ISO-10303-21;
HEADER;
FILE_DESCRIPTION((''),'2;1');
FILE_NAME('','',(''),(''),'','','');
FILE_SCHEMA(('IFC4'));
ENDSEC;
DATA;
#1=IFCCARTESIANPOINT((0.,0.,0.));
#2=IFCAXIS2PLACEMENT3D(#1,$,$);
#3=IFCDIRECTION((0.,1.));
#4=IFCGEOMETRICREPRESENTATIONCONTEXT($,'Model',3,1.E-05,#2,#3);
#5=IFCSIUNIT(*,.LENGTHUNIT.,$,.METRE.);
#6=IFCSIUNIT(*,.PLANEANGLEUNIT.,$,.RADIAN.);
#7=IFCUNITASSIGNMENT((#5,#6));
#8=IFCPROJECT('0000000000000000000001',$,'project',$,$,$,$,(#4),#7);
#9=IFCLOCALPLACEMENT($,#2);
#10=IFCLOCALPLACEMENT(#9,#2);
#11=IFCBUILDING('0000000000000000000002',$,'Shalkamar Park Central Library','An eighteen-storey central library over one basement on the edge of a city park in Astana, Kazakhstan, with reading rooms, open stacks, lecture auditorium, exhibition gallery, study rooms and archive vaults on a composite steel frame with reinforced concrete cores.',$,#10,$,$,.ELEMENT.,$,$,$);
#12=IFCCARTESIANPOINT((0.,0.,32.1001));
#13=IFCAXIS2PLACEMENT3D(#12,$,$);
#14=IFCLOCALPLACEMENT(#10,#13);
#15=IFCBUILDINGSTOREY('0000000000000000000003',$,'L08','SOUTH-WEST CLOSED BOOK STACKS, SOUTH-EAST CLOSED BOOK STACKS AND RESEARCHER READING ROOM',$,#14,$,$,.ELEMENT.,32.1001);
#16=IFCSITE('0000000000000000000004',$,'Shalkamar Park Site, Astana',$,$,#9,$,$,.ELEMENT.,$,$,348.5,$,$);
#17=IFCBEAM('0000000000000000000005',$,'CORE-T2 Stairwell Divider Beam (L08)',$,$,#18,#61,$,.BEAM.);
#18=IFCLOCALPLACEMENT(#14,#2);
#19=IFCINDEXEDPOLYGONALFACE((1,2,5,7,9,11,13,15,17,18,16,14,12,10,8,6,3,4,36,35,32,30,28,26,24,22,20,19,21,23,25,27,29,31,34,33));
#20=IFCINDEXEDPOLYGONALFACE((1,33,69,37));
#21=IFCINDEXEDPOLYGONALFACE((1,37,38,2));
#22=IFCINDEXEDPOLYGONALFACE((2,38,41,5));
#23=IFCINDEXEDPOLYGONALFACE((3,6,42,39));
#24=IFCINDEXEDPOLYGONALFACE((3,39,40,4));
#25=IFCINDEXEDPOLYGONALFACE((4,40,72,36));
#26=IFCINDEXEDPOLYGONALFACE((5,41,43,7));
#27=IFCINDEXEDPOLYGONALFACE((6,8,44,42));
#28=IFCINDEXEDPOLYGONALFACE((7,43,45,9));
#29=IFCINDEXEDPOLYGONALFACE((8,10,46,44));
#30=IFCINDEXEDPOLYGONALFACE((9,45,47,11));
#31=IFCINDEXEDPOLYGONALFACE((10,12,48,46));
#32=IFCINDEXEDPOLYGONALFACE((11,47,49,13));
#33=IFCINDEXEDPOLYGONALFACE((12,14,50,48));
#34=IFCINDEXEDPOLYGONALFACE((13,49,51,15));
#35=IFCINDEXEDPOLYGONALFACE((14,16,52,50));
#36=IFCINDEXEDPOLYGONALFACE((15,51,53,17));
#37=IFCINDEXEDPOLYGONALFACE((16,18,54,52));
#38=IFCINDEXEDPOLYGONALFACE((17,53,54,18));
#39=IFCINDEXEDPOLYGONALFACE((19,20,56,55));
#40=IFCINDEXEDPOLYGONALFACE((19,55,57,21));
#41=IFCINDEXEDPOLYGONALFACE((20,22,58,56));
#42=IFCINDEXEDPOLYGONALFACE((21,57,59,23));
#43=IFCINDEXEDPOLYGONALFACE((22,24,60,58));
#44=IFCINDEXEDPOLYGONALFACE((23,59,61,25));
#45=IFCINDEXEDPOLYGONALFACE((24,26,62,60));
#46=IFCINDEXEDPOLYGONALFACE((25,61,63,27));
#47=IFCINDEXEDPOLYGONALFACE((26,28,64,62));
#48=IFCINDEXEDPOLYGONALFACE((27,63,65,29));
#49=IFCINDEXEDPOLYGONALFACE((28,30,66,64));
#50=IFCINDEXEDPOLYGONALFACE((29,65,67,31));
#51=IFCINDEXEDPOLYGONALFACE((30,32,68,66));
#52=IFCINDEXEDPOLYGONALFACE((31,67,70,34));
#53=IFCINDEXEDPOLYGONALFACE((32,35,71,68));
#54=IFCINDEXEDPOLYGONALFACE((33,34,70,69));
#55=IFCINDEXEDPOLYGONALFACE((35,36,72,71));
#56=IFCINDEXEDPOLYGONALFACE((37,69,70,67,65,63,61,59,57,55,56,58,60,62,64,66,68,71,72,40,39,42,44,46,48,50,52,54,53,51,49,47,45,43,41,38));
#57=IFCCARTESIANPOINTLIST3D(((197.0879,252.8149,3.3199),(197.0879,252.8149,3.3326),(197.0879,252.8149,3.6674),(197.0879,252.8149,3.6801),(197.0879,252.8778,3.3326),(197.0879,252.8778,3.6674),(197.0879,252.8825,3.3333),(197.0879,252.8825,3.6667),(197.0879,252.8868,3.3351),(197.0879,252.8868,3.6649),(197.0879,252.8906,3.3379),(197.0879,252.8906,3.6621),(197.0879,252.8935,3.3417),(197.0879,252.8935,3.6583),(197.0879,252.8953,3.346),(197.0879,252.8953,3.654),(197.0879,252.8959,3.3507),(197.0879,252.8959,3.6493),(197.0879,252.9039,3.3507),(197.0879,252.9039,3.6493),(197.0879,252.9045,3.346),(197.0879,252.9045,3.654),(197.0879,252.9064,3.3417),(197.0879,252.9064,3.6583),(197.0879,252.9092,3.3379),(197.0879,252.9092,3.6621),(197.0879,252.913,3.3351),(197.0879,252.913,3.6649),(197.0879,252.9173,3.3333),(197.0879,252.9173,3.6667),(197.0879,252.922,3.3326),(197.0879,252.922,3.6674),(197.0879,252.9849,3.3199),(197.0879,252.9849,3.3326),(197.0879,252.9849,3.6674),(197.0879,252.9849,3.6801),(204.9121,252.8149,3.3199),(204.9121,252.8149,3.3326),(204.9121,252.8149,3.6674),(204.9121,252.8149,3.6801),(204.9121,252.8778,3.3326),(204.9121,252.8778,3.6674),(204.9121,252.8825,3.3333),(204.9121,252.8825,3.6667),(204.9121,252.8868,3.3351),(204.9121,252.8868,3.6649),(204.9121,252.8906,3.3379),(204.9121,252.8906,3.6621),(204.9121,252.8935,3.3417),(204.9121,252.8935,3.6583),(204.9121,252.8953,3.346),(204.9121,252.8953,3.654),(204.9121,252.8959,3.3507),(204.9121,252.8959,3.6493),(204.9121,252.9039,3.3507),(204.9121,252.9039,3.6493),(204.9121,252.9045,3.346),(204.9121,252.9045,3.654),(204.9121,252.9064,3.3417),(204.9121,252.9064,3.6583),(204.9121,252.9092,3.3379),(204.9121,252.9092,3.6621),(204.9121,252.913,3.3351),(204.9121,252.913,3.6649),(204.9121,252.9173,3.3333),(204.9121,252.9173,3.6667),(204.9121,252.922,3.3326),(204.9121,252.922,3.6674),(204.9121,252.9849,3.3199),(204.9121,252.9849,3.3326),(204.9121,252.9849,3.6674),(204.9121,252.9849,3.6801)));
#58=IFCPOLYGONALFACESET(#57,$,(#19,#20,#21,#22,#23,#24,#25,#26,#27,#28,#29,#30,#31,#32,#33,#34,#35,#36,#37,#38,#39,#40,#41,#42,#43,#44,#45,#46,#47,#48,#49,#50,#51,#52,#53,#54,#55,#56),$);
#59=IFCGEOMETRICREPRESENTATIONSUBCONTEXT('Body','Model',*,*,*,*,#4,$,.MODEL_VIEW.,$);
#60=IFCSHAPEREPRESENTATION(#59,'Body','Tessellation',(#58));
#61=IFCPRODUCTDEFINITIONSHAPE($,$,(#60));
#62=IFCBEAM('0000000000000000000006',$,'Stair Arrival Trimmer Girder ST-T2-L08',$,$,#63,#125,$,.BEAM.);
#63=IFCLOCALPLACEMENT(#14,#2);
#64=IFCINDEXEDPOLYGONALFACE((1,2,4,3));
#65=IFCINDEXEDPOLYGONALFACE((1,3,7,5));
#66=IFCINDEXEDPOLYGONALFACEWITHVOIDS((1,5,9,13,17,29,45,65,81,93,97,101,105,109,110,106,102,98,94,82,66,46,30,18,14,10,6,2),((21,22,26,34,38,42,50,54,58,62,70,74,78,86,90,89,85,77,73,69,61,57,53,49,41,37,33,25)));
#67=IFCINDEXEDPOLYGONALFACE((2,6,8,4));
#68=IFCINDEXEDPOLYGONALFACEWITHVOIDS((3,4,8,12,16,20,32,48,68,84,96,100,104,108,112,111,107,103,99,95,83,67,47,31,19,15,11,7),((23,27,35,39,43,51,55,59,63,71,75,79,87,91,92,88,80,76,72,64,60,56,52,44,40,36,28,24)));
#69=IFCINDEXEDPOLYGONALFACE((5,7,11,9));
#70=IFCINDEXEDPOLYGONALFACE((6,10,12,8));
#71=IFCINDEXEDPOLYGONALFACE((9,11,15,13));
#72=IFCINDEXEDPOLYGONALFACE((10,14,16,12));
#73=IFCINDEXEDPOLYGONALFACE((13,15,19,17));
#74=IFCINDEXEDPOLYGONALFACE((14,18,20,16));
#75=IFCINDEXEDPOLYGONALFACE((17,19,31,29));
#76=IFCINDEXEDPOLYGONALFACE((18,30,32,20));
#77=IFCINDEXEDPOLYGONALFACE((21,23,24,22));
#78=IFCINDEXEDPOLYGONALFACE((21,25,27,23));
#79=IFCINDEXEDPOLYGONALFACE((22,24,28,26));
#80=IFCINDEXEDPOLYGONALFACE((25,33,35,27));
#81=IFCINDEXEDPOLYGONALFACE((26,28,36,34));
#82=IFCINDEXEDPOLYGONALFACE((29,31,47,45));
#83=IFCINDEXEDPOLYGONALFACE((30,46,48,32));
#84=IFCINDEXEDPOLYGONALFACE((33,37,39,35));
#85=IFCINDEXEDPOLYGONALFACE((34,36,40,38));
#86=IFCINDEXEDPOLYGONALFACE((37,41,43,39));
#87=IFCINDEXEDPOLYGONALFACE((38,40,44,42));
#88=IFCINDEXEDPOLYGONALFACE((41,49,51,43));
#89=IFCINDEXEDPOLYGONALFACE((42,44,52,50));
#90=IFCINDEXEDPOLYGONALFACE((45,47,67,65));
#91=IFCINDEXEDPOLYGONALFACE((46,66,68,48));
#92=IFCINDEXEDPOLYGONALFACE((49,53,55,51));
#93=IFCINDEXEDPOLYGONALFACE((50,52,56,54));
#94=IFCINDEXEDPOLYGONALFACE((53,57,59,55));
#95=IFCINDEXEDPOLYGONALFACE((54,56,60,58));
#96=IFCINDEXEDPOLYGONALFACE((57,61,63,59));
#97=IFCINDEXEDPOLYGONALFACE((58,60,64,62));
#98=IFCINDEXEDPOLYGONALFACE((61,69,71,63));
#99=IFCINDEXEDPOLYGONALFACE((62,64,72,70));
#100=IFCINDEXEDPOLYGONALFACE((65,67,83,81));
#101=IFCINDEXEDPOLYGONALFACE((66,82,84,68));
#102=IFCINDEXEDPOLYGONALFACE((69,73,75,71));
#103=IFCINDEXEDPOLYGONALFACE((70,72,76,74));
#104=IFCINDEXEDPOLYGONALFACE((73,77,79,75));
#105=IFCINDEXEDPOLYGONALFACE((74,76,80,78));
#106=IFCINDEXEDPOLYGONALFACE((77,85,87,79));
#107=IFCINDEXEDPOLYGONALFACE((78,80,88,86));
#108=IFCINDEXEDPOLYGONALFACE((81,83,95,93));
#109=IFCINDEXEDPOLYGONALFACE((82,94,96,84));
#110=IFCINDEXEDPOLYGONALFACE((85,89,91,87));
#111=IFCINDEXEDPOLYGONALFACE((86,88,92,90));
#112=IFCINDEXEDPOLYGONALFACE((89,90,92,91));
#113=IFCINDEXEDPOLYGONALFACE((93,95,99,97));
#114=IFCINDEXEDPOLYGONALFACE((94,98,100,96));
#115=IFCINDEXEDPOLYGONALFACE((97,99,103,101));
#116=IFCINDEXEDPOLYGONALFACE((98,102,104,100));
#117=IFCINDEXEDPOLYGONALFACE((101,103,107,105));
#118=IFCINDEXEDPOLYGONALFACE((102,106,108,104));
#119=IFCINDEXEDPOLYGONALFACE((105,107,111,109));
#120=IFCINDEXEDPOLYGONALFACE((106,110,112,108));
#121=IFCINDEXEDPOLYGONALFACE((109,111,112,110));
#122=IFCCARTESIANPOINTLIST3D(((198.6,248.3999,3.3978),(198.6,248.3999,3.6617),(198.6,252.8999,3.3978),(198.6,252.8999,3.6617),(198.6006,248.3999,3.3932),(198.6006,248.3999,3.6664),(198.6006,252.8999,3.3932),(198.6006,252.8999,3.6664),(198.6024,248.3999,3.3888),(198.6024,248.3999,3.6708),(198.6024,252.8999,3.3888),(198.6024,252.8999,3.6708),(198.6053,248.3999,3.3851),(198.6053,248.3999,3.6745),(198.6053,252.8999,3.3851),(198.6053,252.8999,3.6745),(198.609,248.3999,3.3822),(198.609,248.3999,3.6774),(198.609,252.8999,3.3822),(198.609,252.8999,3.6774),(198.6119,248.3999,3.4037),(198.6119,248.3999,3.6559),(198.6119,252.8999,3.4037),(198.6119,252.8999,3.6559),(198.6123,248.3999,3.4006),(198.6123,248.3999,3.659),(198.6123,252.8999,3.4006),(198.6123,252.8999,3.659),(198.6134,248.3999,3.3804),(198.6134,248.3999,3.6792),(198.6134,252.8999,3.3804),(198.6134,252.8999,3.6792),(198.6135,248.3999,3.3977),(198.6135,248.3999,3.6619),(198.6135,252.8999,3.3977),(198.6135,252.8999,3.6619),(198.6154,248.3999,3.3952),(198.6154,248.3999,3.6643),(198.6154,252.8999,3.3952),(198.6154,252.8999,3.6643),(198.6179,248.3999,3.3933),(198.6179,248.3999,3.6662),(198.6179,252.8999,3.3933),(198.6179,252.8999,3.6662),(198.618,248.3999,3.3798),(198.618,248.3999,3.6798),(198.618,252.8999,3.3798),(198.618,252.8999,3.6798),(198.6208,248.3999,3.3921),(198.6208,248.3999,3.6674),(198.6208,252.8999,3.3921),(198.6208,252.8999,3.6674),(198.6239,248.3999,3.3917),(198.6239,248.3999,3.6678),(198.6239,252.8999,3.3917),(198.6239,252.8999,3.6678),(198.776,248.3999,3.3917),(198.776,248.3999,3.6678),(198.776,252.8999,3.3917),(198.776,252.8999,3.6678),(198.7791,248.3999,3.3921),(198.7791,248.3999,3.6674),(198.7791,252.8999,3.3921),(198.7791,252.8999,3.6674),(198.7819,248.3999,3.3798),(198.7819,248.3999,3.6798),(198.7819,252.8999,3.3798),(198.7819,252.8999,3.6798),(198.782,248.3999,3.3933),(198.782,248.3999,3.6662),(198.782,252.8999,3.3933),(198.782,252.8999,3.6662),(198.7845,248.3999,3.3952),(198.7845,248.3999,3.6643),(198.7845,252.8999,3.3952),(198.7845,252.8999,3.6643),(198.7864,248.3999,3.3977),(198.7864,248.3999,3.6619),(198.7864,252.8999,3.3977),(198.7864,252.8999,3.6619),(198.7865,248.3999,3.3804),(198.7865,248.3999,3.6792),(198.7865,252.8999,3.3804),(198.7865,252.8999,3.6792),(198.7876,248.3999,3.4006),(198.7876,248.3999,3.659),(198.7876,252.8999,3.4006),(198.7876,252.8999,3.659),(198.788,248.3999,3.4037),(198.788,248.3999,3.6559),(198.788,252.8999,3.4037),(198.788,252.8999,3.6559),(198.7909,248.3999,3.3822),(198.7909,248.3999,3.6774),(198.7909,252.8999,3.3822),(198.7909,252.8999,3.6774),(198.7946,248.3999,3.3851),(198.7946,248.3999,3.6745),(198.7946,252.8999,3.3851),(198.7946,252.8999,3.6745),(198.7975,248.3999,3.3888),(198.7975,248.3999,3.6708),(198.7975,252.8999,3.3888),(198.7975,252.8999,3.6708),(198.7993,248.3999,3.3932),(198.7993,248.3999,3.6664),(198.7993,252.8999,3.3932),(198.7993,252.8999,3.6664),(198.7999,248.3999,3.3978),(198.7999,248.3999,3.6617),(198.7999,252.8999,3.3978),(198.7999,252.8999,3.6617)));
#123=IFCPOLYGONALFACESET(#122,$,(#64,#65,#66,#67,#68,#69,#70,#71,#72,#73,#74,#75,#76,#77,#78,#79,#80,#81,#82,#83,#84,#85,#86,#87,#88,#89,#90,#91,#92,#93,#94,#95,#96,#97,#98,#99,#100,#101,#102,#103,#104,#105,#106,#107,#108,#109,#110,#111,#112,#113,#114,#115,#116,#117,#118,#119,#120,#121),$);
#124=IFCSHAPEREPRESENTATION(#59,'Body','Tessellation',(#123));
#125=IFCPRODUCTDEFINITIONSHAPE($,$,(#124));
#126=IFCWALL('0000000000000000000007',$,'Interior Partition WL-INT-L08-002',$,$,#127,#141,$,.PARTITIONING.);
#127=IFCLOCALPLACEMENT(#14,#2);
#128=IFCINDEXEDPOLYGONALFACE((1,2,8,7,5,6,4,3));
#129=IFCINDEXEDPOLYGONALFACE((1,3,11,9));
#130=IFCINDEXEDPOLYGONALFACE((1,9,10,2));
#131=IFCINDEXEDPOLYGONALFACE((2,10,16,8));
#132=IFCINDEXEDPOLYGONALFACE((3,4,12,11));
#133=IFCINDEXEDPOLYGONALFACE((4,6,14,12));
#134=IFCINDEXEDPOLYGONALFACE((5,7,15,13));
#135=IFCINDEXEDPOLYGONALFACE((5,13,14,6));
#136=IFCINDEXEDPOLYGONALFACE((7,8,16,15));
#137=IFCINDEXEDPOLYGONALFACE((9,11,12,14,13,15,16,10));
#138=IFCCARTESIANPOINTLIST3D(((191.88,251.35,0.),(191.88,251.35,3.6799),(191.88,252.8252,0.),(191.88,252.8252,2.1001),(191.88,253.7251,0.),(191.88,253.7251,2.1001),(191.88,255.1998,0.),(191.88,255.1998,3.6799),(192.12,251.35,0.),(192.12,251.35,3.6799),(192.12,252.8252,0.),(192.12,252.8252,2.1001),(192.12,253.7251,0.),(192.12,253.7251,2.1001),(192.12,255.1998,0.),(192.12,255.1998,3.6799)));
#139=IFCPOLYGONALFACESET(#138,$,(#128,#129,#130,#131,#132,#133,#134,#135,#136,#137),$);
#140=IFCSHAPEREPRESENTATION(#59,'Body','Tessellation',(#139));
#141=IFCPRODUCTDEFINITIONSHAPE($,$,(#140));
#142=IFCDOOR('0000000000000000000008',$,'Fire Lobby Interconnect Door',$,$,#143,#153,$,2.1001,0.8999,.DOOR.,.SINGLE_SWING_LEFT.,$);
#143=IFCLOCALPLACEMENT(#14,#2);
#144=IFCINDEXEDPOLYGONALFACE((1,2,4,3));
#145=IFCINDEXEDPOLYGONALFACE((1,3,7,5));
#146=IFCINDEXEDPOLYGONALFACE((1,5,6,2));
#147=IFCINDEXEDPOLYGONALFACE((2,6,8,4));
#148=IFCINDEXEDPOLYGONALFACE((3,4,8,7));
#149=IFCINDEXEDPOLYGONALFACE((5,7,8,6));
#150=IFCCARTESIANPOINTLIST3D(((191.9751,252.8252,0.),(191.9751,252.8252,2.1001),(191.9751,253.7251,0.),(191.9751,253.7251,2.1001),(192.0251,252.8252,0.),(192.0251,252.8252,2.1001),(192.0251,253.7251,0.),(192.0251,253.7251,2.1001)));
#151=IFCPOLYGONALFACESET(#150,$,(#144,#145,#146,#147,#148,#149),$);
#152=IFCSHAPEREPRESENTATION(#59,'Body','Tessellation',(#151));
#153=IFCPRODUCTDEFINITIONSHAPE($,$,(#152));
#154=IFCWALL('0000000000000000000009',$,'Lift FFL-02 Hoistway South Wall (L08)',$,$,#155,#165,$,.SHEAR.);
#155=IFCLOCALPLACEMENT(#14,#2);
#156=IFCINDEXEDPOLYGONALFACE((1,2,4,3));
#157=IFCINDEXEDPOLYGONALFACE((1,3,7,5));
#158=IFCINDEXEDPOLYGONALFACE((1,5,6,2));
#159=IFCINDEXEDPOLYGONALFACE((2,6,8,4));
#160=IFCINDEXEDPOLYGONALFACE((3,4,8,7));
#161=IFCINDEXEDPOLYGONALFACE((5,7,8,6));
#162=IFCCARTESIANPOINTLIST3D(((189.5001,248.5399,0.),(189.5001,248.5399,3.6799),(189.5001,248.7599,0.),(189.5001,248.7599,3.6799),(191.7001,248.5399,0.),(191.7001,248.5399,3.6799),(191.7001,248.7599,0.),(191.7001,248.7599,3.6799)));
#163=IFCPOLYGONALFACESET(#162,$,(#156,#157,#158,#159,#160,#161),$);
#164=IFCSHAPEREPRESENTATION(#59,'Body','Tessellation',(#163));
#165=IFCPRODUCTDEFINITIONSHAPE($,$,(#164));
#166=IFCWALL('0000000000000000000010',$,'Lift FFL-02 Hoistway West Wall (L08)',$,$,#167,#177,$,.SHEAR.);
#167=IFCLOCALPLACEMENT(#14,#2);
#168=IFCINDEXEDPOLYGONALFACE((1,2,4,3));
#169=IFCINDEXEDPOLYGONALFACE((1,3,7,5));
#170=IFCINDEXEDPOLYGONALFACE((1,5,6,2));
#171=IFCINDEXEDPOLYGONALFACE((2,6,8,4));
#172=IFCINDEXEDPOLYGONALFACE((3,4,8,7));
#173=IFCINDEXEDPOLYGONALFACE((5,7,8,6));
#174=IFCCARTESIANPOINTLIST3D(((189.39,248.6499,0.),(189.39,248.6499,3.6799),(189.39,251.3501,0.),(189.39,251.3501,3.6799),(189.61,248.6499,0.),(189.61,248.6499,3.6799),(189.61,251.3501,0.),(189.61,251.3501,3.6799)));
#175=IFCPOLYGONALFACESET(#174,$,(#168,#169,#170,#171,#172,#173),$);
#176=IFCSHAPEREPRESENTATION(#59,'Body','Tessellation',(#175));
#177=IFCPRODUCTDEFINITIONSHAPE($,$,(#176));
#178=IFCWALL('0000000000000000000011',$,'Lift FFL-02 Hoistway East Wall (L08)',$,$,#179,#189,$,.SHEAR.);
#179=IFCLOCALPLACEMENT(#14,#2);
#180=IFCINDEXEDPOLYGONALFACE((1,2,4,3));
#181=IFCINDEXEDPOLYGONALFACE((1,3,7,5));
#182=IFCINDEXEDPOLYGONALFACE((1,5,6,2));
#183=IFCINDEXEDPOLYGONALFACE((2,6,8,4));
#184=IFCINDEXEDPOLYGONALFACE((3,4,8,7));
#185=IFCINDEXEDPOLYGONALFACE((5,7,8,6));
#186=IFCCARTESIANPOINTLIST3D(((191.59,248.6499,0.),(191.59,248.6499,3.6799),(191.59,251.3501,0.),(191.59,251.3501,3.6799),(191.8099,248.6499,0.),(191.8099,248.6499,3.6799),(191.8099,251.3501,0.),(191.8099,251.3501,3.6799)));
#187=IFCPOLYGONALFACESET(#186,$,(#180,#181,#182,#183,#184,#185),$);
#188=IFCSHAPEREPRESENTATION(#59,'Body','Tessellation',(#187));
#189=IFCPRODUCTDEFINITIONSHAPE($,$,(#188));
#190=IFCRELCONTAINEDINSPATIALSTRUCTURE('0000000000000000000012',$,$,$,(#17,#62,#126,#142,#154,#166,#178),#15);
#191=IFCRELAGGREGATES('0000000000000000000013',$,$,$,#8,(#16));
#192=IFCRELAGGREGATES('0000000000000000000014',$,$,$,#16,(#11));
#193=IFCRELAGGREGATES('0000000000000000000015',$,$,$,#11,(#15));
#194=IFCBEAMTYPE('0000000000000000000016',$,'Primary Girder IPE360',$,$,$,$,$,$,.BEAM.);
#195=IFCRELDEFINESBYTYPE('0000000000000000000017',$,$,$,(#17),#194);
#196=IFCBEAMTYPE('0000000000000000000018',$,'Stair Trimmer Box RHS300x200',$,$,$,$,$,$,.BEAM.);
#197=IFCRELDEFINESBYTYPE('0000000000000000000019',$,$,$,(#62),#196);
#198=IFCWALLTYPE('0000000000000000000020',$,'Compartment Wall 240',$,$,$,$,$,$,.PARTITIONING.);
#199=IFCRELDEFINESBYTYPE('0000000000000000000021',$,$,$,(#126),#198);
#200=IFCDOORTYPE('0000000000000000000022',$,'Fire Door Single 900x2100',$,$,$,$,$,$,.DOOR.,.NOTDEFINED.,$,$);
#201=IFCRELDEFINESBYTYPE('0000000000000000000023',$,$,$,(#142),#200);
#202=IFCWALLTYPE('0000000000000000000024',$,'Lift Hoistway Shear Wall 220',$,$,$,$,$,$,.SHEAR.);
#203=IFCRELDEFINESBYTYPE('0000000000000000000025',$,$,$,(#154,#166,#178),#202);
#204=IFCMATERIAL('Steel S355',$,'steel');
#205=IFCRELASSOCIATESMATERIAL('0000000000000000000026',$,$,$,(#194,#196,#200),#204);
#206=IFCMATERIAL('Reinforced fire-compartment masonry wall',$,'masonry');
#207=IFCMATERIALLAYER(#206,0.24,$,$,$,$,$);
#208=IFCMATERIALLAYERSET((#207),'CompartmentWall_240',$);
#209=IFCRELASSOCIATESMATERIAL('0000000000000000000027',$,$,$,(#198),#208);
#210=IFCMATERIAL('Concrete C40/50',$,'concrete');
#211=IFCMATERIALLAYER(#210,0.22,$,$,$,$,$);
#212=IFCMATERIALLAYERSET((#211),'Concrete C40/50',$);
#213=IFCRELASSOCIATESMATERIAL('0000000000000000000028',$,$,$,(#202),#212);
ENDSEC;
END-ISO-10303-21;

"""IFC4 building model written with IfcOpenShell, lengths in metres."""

from ifc_helpers import new_model, si_unit, direction, frame, frame_2d, origin, origin_2d, place, context, subcontext, project, spatial, rectangle, hollow_rectangle, i_section, extrude, material, layer, layer_set, material_profile, profile_set, type_object, element, fill, save


model = new_model("IFC4")

# Units and contexts
model_context = context("Model", 3, precision=1e-05, world=origin(), true_north=direction((0.0, 1.0)))
body_context = subcontext(model_context, "Body", "Model", "MODEL_VIEW")
ifc_project = project(units=[si_unit("LENGTHUNIT", "METRE"), si_unit("PLANEANGLEUNIT", "RADIAN")], contexts=[model_context])

# Site, building, storey
site_placement = place(None, origin())
site = spatial("IfcSite", under=ifc_project, at=site_placement, Name="Shalkamar Park Site, Astana", CompositionType="ELEMENT", RefElevation=348.5)
building_placement = place(site_placement, origin())
building = spatial("IfcBuilding", under=site, at=building_placement, Name="Shalkamar Park Central Library", Description="An eighteen-storey central library over one basement on the edge of a city park in Astana, Kazakhstan, with reading rooms, open stacks, lecture auditorium, exhibition gallery, study rooms and archive vaults on a composite steel frame with reinforced concrete cores.", CompositionType="ELEMENT")
storey_placement = place(building_placement, frame((0.0, 0.0, 32.1001)))
storey = spatial("IfcBuildingStorey", under=building, at=storey_placement, Name="L08", Description="SOUTH-WEST CLOSED BOOK STACKS, SOUTH-EAST CLOSED BOOK STACKS AND RESEARCHER READING ROOM", CompositionType="ELEMENT", Elevation=32.1001)

# Beams
ifc_material_1 = material(Name="Steel S355", Category="steel")
ifc_material_profile_1 = material_profile(ifc_material_1, i_section(OverallWidth=0.1699, OverallDepth=0.3601, WebThickness=0.0081, FlangeThickness=0.0127, FilletRadius=0.0181, at=origin_2d()), Name="IPE 360")
ifc_profile_set_1 = profile_set([ifc_material_profile_1], Name="Steel S355")
beam_type_1 = type_object("IfcBeamType", Name="Primary Girder IPE360", PredefinedType="BEAM", material=ifc_profile_set_1)
beam_1_placement = place(storey_placement, frame((197.0879, 252.8999, 3.5), z_axis=(1.0, 0.0, 0.0), x_axis=(0.0, 1.0, 0.0)))
element("IfcBeam", 1, at=beam_1_placement, inside=storey, type_object=beam_type_1, Name="CORE-T2 Stairwell Divider Beam (L08)", PredefinedType="BEAM", context=body_context, shape_type="SweptSolid", body=[
    extrude(i_section(OverallWidth=0.1699, OverallDepth=0.3601, WebThickness=0.0081, FlangeThickness=0.0127, FilletRadius=0.0181, at=origin_2d()), origin(), (0.0, 0.0, 1.0), 7.8242),
])
ifc_material_profile_2 = material_profile(ifc_material_1, hollow_rectangle(XDim=0.2, YDim=0.3, WallThickness=0.012, InnerFilletRadius=0.012, OuterFilletRadius=0.0181, at=origin_2d()), Name="RHS 300x200x12")
ifc_profile_set_2 = profile_set([ifc_material_profile_2], Name="Steel S355")
beam_type_2 = type_object("IfcBeamType", Name="Stair Trimmer Box RHS300x200", PredefinedType="BEAM", material=ifc_profile_set_2)
beam_2_placement = place(storey_placement, frame((198.7, 248.3999, 3.5298), z_axis=(0.0, 1.0, 0.0), x_axis=(-1.0, 0.0, 0.0)))
element("IfcBeam", 2, at=beam_2_placement, inside=storey, type_object=beam_type_2, Name="Stair Arrival Trimmer Girder ST-T2-L08", PredefinedType="BEAM", context=body_context, shape_type="SweptSolid", body=[
    extrude(hollow_rectangle(XDim=0.2, YDim=0.3, WallThickness=0.012, InnerFilletRadius=0.012, OuterFilletRadius=0.0181, at=origin_2d()), origin(), (0.0, 0.0, 1.0), 4.5),
])

# Wall, opening, door
ifc_material_2 = material(Name="Reinforced fire-compartment masonry wall", Category="masonry")
ifc_layer_1 = layer(ifc_material_2, 0.24)
ifc_layer_set_1 = layer_set([ifc_layer_1], Name="CompartmentWall_240")
wall_type_1 = type_object("IfcWallType", Name="Compartment Wall 240", PredefinedType="PARTITIONING", material=ifc_layer_set_1)
wall_1_placement = place(storey_placement, frame((192.0, 251.3501, 0.0), z_axis=(0.0, 0.0, 1.0), x_axis=(0.0, 1.0, 0.0)))
wall_1 = element("IfcWall", 3, at=wall_1_placement, inside=storey, type_object=wall_type_1, Name="Interior Partition WL-INT-L08-002", PredefinedType="PARTITIONING", context=body_context, shape_type="SweptSolid", body=[
    extrude(rectangle(XDim=3.8499, YDim=0.24, at=frame_2d((1.9248, 0.0))), origin(), (0.0, 0.0, 1.0), 3.6799),
])
opening_1_placement = place(wall_1_placement, frame((1.4751, 0.0, 0.0)))
opening_1 = element("IfcOpeningElement", 4, at=opening_1_placement, cuts=wall_1, PredefinedType="OPENING", context=body_context, shape_type="SweptSolid", body=[
    extrude(rectangle(XDim=0.8999, YDim=2.1001, at=frame_2d((0.45, 1.05))), frame((0.0, 0.1348, 0.0), z_axis=(0.0, -1.0, 0.0), x_axis=(1.0, 0.0, 0.0)), (0.0, 0.0, 1.0), 0.2698),
])
door_type_1 = type_object("IfcDoorType", Name="Fire Door Single 900x2100", OperationType="NOTDEFINED", PredefinedType="DOOR", material=ifc_material_1)
door_1_placement = place(opening_1_placement, origin())
door_1 = element("IfcDoor", 5, at=door_1_placement, inside=storey, type_object=door_type_1, Name="Fire Lobby Interconnect Door", OperationType="SINGLE_SWING_LEFT", OverallHeight=2.1001, OverallWidth=0.8999, PredefinedType="DOOR", context=body_context, shape_type="SweptSolid", body=[
    extrude(rectangle(XDim=0.8999, YDim=2.1001, at=frame_2d((0.45, 1.05))), frame((0.0, 0.0249, 0.0), z_axis=(0.0, -1.0, 0.0), x_axis=(1.0, 0.0, 0.0)), (0.0, 0.0, 1.0), 0.05),
])
fill(opening_1, door_1)

# Walls
ifc_material_3 = material(Name="Concrete C40/50", Category="concrete")
ifc_layer_2 = layer(ifc_material_3, 0.22)
ifc_layer_set_2 = layer_set([ifc_layer_2], Name="Concrete C40/50")
wall_type_2 = type_object("IfcWallType", Name="Lift Hoistway Shear Wall 220", PredefinedType="SHEAR", material=ifc_layer_set_2)
wall_2_placement = place(storey_placement, frame((189.5, 248.6499, 0.0), z_axis=(0.0, 0.0, 1.0), x_axis=(1.0, 0.0, 0.0)))
element("IfcWall", 6, at=wall_2_placement, inside=storey, type_object=wall_type_2, Name="Lift FFL-02 Hoistway South Wall (L08)", PredefinedType="SHEAR", context=body_context, shape_type="SweptSolid", body=[
    extrude(rectangle(XDim=2.2, YDim=0.22, at=frame_2d((1.1001, 0.0))), origin(), (0.0, 0.0, 1.0), 3.6799),
])
for number, where, z_axis, x_axis, name in (
    (7, (189.5, 248.6499, 0.0), (0.0, 0.0, 1.0), (0.0, 1.0, 0.0), "Lift FFL-02 Hoistway West Wall (L08)"),
    (8, (191.7, 248.6499, 0.0), (0.0, 0.0, 1.0), (0.0, 1.0, 0.0), "Lift FFL-02 Hoistway East Wall (L08)"),
):
    element("IfcWall", number, at=place(storey_placement, frame(where, z_axis=z_axis, x_axis=x_axis)), inside=storey, type_object=wall_type_2, Name=name, PredefinedType="SHEAR", context=body_context, shape_type="SweptSolid", body=[
        extrude(rectangle(XDim=2.7002, YDim=0.22, at=frame_2d((1.3501, 0.0))), origin(), (0.0, 0.0, 1.0), 3.6799),
    ])

save(model, "model.ifc")
